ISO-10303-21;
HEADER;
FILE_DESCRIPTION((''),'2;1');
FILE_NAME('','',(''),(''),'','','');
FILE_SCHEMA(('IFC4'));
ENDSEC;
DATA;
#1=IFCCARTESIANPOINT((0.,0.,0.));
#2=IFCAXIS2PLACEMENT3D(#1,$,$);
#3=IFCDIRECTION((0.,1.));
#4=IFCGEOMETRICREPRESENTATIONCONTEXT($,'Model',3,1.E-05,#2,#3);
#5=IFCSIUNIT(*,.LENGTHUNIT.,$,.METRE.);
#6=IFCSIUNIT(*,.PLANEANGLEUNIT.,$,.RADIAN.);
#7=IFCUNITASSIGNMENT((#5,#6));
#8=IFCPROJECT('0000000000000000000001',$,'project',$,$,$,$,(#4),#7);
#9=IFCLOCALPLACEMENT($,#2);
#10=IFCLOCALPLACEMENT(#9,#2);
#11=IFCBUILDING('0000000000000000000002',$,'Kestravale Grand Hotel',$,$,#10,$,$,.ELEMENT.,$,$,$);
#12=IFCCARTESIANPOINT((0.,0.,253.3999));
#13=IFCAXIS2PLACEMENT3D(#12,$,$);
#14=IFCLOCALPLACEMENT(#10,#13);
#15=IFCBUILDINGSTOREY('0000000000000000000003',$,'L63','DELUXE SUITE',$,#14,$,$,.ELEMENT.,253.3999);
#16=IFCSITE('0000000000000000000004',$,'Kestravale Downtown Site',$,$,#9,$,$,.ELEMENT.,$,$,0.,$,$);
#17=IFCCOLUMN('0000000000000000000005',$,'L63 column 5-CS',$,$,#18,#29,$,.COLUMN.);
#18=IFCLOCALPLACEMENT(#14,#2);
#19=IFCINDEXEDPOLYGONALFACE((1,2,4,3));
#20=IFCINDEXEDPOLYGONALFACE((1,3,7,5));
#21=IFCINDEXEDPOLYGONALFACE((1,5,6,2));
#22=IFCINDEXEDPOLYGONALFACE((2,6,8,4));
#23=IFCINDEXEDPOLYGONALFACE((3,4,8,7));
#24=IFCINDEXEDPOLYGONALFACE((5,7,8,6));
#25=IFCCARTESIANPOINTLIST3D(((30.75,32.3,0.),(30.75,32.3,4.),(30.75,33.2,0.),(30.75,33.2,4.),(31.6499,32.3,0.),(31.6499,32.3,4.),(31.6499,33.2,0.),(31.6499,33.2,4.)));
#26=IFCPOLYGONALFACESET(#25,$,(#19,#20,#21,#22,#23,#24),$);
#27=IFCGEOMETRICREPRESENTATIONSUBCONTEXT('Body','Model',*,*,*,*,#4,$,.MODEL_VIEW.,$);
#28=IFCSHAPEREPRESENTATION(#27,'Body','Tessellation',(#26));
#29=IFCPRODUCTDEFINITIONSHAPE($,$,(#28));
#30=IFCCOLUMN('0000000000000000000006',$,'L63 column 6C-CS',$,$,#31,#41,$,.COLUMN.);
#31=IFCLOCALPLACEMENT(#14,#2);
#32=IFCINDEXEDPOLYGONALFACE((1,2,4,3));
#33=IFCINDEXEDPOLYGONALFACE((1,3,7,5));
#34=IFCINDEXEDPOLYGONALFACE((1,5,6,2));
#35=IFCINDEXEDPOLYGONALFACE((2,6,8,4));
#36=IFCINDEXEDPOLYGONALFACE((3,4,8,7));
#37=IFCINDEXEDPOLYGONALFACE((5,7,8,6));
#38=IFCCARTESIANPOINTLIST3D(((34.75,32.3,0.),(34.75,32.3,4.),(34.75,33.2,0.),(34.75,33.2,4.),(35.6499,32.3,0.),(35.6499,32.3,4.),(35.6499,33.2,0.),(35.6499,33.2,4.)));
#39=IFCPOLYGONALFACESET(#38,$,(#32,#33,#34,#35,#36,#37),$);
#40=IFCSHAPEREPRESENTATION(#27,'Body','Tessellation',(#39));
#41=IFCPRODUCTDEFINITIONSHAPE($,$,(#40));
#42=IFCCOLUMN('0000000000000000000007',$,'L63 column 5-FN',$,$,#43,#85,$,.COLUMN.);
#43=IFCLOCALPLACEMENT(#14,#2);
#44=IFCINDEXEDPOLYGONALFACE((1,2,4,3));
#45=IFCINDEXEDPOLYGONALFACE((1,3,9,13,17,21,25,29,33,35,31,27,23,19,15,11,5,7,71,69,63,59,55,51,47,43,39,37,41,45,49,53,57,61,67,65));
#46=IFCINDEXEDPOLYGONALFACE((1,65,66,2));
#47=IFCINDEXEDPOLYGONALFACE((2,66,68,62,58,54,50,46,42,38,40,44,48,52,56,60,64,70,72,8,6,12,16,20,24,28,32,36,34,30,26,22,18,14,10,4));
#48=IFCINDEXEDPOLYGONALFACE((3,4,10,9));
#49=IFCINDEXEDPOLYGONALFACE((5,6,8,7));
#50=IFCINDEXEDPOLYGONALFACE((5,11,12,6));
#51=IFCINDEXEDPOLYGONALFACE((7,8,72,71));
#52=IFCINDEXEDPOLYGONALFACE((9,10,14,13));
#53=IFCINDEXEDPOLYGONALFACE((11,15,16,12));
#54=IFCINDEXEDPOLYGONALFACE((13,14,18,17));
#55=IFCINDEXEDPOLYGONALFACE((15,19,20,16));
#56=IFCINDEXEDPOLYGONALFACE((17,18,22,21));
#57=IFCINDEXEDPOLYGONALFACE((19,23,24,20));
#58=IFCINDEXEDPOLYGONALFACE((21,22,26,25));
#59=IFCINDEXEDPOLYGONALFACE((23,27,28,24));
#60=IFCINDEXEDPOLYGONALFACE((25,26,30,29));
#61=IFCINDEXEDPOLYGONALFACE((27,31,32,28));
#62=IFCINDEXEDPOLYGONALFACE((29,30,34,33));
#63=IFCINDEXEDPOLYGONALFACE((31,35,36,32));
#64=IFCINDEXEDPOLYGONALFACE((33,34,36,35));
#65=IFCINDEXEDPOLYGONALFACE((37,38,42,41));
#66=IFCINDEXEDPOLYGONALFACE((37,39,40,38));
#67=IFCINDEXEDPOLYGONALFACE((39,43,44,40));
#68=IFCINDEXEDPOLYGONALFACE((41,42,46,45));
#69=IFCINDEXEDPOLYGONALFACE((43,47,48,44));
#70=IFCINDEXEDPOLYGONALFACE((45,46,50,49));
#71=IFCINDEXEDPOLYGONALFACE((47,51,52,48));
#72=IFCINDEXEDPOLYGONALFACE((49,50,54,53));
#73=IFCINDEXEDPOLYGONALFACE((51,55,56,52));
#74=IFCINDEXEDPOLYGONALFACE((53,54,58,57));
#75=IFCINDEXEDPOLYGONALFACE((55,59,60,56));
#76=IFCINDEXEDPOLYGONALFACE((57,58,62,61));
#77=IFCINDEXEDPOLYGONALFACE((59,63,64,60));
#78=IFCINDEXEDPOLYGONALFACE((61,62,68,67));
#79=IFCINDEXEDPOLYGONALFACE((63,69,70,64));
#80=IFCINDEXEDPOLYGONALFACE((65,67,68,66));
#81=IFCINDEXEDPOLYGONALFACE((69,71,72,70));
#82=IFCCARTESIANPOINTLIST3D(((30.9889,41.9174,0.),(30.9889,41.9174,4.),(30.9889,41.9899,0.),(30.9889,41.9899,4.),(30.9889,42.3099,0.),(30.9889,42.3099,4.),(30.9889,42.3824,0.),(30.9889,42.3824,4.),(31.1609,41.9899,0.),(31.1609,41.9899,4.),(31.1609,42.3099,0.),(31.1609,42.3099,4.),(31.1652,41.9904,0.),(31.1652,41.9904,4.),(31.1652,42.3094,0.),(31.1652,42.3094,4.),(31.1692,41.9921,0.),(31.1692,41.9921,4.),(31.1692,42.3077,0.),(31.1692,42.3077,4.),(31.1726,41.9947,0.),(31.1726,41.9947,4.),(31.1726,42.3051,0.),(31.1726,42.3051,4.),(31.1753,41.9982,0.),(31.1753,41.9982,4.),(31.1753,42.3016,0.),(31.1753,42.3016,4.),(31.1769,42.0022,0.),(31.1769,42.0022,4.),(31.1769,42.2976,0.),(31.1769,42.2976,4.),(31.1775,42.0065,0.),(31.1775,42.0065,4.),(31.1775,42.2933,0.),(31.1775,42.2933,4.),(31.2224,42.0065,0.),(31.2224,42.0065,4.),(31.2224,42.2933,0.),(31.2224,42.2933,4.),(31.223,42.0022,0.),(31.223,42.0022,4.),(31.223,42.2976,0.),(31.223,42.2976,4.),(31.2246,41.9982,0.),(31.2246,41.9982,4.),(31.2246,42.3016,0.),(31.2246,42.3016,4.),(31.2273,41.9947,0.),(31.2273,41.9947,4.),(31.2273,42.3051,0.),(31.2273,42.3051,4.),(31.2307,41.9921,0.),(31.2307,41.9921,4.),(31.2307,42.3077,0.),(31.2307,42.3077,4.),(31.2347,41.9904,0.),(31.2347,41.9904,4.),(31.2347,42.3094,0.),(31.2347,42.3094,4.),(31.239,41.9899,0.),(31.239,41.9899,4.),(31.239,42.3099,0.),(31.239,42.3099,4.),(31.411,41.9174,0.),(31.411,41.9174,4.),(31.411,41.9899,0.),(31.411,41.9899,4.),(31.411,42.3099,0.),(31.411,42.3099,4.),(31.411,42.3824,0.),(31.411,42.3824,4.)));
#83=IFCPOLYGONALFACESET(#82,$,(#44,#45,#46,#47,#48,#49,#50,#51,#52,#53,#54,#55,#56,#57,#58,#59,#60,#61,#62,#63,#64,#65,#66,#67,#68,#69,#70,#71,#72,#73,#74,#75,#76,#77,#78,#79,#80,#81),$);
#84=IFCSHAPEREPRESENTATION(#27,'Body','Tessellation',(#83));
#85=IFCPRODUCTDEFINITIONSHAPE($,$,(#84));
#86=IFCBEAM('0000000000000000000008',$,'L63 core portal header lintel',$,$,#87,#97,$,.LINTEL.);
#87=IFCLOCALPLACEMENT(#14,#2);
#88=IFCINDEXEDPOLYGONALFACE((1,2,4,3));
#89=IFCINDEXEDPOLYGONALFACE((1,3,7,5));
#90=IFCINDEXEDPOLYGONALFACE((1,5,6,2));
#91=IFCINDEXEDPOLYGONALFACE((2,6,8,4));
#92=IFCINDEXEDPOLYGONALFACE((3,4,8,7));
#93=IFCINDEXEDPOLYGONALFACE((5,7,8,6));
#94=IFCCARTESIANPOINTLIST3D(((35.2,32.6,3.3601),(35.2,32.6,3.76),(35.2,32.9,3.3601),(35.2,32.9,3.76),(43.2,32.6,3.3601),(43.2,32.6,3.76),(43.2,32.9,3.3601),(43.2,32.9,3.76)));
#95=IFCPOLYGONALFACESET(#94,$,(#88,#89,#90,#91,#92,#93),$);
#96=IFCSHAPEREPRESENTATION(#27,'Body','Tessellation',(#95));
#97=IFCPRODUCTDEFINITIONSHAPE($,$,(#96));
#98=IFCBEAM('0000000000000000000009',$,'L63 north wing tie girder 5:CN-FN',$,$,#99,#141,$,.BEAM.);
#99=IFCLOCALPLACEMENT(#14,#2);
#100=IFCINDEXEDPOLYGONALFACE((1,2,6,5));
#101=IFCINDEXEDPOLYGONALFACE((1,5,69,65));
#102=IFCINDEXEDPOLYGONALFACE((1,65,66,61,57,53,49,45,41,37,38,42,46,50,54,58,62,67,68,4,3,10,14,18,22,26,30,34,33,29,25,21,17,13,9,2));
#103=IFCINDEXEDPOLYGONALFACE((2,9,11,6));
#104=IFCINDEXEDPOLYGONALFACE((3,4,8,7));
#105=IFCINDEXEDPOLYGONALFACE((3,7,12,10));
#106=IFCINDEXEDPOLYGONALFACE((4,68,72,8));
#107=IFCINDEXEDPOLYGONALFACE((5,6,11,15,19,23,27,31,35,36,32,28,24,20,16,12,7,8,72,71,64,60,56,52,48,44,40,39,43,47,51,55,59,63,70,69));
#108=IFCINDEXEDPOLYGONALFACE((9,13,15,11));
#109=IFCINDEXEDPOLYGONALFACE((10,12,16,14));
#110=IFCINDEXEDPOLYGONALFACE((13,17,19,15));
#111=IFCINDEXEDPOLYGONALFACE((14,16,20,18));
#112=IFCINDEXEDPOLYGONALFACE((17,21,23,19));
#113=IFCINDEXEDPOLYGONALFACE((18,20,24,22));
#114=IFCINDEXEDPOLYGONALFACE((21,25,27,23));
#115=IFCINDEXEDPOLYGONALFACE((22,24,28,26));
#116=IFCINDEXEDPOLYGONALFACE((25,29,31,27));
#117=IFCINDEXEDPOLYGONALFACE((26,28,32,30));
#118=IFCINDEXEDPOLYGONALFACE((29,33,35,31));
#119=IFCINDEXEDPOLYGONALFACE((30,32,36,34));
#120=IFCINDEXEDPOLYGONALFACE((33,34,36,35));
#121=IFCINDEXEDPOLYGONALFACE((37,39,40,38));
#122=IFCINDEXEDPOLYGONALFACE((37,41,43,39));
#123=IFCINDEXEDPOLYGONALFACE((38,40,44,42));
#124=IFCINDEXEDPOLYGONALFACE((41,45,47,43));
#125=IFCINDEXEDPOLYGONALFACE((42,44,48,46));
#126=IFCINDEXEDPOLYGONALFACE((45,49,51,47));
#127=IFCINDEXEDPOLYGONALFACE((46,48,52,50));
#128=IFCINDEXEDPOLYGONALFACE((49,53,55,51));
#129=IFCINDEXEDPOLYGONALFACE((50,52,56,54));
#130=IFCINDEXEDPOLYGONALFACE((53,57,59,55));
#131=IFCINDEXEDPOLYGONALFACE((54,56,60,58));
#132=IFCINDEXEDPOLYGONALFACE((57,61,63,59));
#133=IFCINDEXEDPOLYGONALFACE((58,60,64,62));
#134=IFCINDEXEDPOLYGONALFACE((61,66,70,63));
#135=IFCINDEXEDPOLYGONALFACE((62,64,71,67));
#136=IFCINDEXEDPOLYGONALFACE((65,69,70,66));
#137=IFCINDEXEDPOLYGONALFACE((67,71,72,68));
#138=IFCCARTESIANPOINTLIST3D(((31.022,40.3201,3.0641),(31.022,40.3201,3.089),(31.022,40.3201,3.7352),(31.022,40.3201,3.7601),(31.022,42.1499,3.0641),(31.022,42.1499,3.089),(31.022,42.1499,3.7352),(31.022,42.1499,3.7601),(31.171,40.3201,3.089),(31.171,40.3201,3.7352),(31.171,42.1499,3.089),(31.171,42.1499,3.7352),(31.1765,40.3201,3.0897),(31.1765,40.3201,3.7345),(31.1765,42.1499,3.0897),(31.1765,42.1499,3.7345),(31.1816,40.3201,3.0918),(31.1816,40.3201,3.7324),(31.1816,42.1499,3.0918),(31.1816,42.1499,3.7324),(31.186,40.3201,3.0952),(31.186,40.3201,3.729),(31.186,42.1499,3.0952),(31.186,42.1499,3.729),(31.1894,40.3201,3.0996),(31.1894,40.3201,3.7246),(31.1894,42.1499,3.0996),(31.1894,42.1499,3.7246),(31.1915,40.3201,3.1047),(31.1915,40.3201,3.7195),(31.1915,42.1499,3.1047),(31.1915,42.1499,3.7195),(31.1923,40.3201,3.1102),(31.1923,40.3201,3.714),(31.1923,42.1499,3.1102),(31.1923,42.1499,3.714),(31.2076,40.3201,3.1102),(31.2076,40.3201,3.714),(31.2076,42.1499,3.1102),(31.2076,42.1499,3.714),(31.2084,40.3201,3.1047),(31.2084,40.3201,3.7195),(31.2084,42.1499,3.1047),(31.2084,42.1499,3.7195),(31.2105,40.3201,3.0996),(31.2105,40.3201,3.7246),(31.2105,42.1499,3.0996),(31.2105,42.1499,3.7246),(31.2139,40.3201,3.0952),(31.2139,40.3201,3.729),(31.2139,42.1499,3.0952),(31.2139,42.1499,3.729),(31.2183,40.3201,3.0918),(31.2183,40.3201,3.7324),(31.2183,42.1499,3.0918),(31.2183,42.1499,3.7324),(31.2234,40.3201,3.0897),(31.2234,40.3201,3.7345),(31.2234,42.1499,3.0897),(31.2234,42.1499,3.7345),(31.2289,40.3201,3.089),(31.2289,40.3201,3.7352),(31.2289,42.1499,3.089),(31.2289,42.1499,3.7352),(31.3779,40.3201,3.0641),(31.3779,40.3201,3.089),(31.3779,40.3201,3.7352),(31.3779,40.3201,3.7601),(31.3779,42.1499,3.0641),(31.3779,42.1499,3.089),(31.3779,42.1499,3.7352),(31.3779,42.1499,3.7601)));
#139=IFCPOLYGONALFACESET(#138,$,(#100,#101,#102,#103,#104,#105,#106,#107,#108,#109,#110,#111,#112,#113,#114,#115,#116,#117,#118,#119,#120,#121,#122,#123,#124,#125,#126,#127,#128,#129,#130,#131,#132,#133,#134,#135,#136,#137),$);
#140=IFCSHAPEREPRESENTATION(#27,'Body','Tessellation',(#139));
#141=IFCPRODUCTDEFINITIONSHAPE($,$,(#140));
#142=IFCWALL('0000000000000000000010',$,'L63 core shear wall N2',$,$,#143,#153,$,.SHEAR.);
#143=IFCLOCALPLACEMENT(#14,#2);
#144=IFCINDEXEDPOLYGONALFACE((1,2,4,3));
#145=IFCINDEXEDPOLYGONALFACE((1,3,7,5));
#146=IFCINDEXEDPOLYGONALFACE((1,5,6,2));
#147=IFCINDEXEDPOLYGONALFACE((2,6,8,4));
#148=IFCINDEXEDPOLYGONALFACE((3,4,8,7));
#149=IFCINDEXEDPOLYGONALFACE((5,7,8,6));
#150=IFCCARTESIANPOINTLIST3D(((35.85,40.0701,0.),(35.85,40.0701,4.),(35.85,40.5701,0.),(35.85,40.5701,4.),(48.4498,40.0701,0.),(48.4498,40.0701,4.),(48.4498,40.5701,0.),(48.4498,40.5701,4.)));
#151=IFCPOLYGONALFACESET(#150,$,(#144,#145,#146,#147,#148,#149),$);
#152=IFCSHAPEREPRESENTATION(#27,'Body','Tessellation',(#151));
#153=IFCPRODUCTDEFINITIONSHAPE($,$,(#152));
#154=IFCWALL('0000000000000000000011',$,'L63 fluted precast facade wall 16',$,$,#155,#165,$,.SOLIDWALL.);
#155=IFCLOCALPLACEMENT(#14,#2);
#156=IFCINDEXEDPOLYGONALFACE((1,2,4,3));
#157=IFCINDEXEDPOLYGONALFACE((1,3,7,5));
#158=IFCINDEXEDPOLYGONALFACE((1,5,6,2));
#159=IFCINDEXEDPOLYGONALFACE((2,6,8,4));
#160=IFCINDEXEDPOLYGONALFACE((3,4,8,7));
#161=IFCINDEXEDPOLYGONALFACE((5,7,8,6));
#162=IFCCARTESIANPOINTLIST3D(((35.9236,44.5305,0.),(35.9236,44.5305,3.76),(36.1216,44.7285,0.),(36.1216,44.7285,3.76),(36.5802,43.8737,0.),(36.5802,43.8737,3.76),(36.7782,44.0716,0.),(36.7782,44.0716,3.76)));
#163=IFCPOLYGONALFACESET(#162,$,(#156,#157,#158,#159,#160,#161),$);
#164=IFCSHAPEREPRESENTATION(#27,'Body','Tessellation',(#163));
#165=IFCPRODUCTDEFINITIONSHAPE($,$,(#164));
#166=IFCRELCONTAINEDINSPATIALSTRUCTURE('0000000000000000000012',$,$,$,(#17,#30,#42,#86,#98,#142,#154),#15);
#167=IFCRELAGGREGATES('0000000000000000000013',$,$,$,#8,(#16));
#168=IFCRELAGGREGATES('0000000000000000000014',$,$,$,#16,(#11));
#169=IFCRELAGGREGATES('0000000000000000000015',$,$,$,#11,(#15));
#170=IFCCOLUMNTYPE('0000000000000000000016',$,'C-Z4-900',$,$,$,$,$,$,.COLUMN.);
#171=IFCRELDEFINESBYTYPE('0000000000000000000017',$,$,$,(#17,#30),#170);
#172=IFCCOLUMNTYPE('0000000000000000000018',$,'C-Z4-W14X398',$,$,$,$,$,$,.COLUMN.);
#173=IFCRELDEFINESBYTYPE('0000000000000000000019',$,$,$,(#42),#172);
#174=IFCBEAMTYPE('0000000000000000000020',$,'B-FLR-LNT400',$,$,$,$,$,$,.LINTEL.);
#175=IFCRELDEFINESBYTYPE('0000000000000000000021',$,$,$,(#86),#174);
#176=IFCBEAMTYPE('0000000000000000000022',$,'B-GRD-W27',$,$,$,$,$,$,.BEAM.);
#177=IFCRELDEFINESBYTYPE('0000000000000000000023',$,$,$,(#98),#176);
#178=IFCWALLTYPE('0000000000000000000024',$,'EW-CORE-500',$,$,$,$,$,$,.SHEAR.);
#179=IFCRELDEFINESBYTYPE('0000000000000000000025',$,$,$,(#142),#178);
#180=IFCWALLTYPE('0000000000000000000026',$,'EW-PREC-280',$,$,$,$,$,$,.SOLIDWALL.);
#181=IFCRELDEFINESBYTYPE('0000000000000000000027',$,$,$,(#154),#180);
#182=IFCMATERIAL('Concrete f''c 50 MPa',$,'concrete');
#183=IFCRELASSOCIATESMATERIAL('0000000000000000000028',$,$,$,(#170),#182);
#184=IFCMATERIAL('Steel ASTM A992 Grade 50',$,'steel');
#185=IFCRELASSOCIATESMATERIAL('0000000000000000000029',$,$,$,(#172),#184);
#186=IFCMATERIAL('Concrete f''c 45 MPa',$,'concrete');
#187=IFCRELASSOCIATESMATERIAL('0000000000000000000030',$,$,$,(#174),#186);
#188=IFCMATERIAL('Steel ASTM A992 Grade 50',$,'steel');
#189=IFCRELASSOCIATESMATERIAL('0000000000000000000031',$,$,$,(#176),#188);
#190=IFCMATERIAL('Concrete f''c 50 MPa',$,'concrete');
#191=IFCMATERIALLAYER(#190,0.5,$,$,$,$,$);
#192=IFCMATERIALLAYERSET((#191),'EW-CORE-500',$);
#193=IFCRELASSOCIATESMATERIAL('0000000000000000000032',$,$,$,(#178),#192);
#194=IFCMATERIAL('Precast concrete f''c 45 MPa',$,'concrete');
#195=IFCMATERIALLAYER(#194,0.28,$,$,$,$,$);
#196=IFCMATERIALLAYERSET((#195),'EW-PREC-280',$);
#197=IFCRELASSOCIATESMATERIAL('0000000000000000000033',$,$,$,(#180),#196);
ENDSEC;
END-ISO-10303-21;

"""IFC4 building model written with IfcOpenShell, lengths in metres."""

from ifc_helpers import new_model, si_unit, direction, frame, frame_2d, origin, origin_2d, place, context, subcontext, project, spatial, rectangle, i_section, extrude, material, layer, layer_set, material_profile, profile_set, type_object, element, save


model = new_model("IFC4")

# Units and contexts
model_context = context("Model", 3, precision=1e-05, world=origin(), true_north=direction((0.0, 1.0)))
body_context = subcontext(model_context, "Body", "Model", "MODEL_VIEW")
ifc_project = project(units=[si_unit("LENGTHUNIT", "METRE"), si_unit("PLANEANGLEUNIT", "RADIAN")], contexts=[model_context])

# Site, building, storey
site_placement = place(None, origin())
site = spatial("IfcSite", under=ifc_project, at=site_placement, Name="Kestravale Downtown Site", CompositionType="ELEMENT", RefElevation=0.0)
building_placement = place(site_placement, origin())
building = spatial("IfcBuilding", under=site, at=building_placement, Name="Kestravale Grand Hotel", CompositionType="ELEMENT")
storey_placement = place(building_placement, frame((0.0, 0.0, 253.3999)))
storey = spatial("IfcBuildingStorey", under=building, at=storey_placement, Name="L63", Description="DELUXE SUITE", CompositionType="ELEMENT", Elevation=253.3999)

# Columns
ifc_material_1 = material(Name="Concrete f'c 50 MPa", Category="concrete")
ifc_material_profile_1 = material_profile(ifc_material_1, rectangle(XDim=0.8999, YDim=0.8999, at=origin_2d()))
ifc_profile_set_1 = profile_set([ifc_material_profile_1], Name="Concrete f'c 50 MPa")
column_type_1 = type_object("IfcColumnType", Name="C-Z4-900", PredefinedType="COLUMN", material=ifc_profile_set_1)
for number, where, z_axis, x_axis, name in (
    (1, (31.2, 32.75, 0.0), (0.0, 0.0, 1.0), (1.0, 0.0, 0.0), "L63 column 5-CS"),
    (2, (35.2, 32.75, 0.0), (0.0, 0.0, 1.0), (1.0, 0.0, 0.0), "L63 column 6C-CS"),
):
    element("IfcColumn", number, at=place(storey_placement, frame(where, z_axis=z_axis, x_axis=x_axis)), inside=storey, type_object=column_type_1, Name=name, PredefinedType="COLUMN", context=body_context, shape_type="SweptSolid", body=[
        extrude(rectangle(XDim=0.8999, YDim=0.8999, at=origin_2d()), origin(), (0.0, 0.0, 1.0), 4.0),
    ])
ifc_material_2 = material(Name="Steel ASTM A992 Grade 50", Category="steel")
ifc_material_profile_2 = material_profile(ifc_material_2, i_section(OverallWidth=0.4221, OverallDepth=0.4651, WebThickness=0.0449, FlangeThickness=0.0725, FilletRadius=0.0166, at=origin_2d()))
ifc_profile_set_2 = profile_set([ifc_material_profile_2], Name="Steel ASTM A992 Grade 50")
column_type_2 = type_object("IfcColumnType", Name="C-Z4-W14X398", PredefinedType="COLUMN", material=ifc_profile_set_2)
column_placement = place(storey_placement, frame((31.2, 42.1499, 0.0), z_axis=(0.0, 0.0, 1.0), x_axis=(1.0, 0.0, 0.0)))
element("IfcColumn", 3, at=column_placement, inside=storey, type_object=column_type_2, Name="L63 column 5-FN", PredefinedType="COLUMN", context=body_context, shape_type="SweptSolid", body=[
    extrude(i_section(OverallWidth=0.4221, OverallDepth=0.4651, WebThickness=0.0449, FlangeThickness=0.0725, FilletRadius=0.0166, at=origin_2d()), origin(), (0.0, 0.0, 1.0), 4.0),
])

# Beams
ifc_material_3 = material(Name="Concrete f'c 45 MPa", Category="concrete")
ifc_material_profile_3 = material_profile(ifc_material_3, rectangle(XDim=0.3, YDim=0.3999, at=origin_2d()))
ifc_profile_set_3 = profile_set([ifc_material_profile_3], Name="Concrete f'c 45 MPa")
beam_type_1 = type_object("IfcBeamType", Name="B-FLR-LNT400", PredefinedType="LINTEL", material=ifc_profile_set_3)
beam_1_placement = place(storey_placement, frame((35.2, 32.75, 3.5601), z_axis=(1.0, 0.0, 0.0), x_axis=(0.0, 1.0, 0.0)))
element("IfcBeam", 4, at=beam_1_placement, inside=storey, type_object=beam_type_1, Name="L63 core portal header lintel", PredefinedType="LINTEL", context=body_context, shape_type="SweptSolid", body=[
    extrude(rectangle(XDim=0.3, YDim=0.3999, at=origin_2d()), origin(), (0.0, 0.0, 1.0), 8.0),
])
ifc_material_4 = material(Name="Steel ASTM A992 Grade 50", Category="steel")
ifc_material_profile_4 = material_profile(ifc_material_4, i_section(OverallWidth=0.356, OverallDepth=0.696, WebThickness=0.0154, FlangeThickness=0.0249, FilletRadius=0.0212, at=origin_2d()))
ifc_profile_set_4 = profile_set([ifc_material_profile_4], Name="Steel ASTM A992 Grade 50")
beam_type_2 = type_object("IfcBeamType", Name="B-GRD-W27", PredefinedType="BEAM", material=ifc_profile_set_4)
beam_2_placement = place(storey_placement, frame((31.2, 40.3201, 3.4121), z_axis=(0.0, 1.0, 0.0), x_axis=(-1.0, 0.0, 0.0)))
element("IfcBeam", 5, at=beam_2_placement, inside=storey, type_object=beam_type_2, Name="L63 north wing tie girder 5:CN-FN", PredefinedType="BEAM", context=body_context, shape_type="SweptSolid", body=[
    extrude(i_section(OverallWidth=0.356, OverallDepth=0.696, WebThickness=0.0154, FlangeThickness=0.0249, FilletRadius=0.0212, at=origin_2d()), origin(), (0.0, 0.0, 1.0), 1.8298),
])

# Wall
ifc_material_5 = material(Name="Concrete f'c 50 MPa", Category="concrete")
ifc_layer_1 = layer(ifc_material_5, 0.5)
ifc_layer_set_1 = layer_set([ifc_layer_1], Name="EW-CORE-500")
wall_type_1 = type_object("IfcWallType", Name="EW-CORE-500", PredefinedType="SHEAR", material=ifc_layer_set_1)
wall_1_placement = place(storey_placement, frame((35.8501, 40.3201, 0.0), z_axis=(0.0, 0.0, 1.0), x_axis=(1.0, 0.0, 0.0)))
element("IfcWall", 6, at=wall_1_placement, inside=storey, type_object=wall_type_1, Name="L63 core shear wall N2", PredefinedType="SHEAR", context=body_context, shape_type="SweptSolid", body=[
    extrude(rectangle(XDim=12.5999, YDim=0.5, at=frame_2d((6.2998, 0.0))), origin(), (0.0, 0.0, 1.0), 4.0),
])

# Wall
ifc_material_6 = material(Name="Precast concrete f'c 45 MPa", Category="concrete")
ifc_layer_2 = layer(ifc_material_6, 0.28)
ifc_layer_set_2 = layer_set([ifc_layer_2], Name="EW-PREC-280")
wall_type_2 = type_object("IfcWallType", Name="EW-PREC-280", PredefinedType="SOLIDWALL", material=ifc_layer_set_2)
wall_2_placement = place(storey_placement, frame((36.6792, 43.9727, 0.0), z_axis=(0.0, 0.0, 1.0), x_axis=(-0.706975, 0.707238, 0.0)))
element("IfcWall", 7, at=wall_2_placement, inside=storey, type_object=wall_type_2, Name="L63 fluted precast facade wall 16", PredefinedType="SOLIDWALL", context=body_context, shape_type="SweptSolid", body=[
    extrude(rectangle(XDim=0.9287, YDim=0.28, at=frame_2d((0.4644, 0.0))), origin(), (0.0, 0.0, 1.0), 3.76),
])

save(model, "model.ifc")
